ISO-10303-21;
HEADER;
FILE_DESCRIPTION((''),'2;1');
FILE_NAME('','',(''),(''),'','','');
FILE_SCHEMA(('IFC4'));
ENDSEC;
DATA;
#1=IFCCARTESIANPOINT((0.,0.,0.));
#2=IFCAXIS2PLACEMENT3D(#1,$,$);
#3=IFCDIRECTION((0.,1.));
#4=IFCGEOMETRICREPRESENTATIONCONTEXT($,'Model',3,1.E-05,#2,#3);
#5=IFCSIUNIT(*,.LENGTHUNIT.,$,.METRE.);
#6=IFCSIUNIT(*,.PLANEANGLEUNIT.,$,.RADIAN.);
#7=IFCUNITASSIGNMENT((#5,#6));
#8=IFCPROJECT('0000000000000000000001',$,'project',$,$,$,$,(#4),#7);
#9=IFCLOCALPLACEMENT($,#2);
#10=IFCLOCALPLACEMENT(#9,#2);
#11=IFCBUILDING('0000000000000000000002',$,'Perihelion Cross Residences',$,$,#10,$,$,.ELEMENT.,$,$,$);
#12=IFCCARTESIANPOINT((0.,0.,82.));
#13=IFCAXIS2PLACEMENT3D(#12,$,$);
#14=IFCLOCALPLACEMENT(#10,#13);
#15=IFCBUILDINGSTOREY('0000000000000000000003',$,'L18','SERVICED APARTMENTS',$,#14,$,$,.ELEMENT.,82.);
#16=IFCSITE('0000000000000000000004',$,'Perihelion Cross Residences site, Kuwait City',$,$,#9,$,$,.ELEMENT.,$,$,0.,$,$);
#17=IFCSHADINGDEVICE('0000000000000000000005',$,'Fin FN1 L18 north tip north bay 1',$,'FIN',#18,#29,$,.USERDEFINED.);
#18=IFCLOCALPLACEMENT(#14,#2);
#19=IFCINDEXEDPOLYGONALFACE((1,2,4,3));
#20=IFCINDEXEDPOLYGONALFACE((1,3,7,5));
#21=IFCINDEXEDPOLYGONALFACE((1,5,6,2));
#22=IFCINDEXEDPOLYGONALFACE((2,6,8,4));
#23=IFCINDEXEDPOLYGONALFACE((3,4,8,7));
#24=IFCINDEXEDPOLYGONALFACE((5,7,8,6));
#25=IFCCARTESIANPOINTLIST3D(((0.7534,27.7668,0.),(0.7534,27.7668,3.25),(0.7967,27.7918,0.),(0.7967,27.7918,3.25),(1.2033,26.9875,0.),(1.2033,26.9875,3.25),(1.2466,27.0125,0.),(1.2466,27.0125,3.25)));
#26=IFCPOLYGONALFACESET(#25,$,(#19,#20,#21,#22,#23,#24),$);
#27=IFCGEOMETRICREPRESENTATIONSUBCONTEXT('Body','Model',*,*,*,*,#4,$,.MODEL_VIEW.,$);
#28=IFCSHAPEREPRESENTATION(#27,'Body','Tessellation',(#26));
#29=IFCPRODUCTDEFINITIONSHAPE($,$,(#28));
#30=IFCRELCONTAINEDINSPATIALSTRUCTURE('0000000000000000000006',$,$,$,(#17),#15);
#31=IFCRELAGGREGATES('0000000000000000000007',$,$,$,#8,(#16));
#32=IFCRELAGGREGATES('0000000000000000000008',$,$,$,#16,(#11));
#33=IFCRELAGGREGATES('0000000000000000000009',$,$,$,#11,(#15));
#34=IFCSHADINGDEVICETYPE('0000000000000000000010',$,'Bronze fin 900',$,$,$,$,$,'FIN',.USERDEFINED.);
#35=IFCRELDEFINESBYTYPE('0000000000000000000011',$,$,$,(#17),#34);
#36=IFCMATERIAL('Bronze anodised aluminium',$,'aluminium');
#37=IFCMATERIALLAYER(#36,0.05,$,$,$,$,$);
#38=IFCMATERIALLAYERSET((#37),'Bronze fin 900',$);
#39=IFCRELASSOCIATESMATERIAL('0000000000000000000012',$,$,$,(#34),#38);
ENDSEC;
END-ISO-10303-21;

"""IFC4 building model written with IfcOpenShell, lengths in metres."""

from ifc_helpers import new_model, si_unit, direction, frame, origin, origin_2d, place, context, subcontext, project, spatial, rectangle, extrude, material, layer, layer_set, type_object, element, save


model = new_model("IFC4")

# Units and contexts
model_context = context("Model", 3, precision=1e-05, world=origin(), true_north=direction((0.0, 1.0)))
body_context = subcontext(model_context, "Body", "Model", "MODEL_VIEW")
ifc_project = project(units=[si_unit("LENGTHUNIT", "METRE"), si_unit("PLANEANGLEUNIT", "RADIAN")], contexts=[model_context])

# Site, building, storey
site_placement = place(None, origin())
site = spatial("IfcSite", under=ifc_project, at=site_placement, Name="Perihelion Cross Residences site, Kuwait City", CompositionType="ELEMENT", RefElevation=0.0)
building_placement = place(site_placement, origin())
building = spatial("IfcBuilding", under=site, at=building_placement, Name="Perihelion Cross Residences", CompositionType="ELEMENT")
storey_placement = place(building_placement, frame((0.0, 0.0, 82.0)))
storey = spatial("IfcBuildingStorey", under=building, at=storey_placement, Name="L18", Description="SERVICED APARTMENTS", CompositionType="ELEMENT", Elevation=82.0)

# Shading device
ifc_material_1 = material(Name="Bronze anodised aluminium", Category="aluminium")
ifc_layer_1 = layer(ifc_material_1, 0.05)
ifc_layer_set_1 = layer_set([ifc_layer_1], Name="Bronze fin 900")
shading_device_type = type_object("IfcShadingDeviceType", Name="Bronze fin 900", ElementType="FIN", PredefinedType="USERDEFINED", material=ifc_layer_set_1)
shading_device_placement = place(storey_placement, frame((1.0, 27.3896, 0.0), z_axis=(0.0, 0.0, 1.0), x_axis=(-0.5, 0.866025, 0.0)))
element("IfcShadingDevice", 1, at=shading_device_placement, inside=storey, type_object=shading_device_type, Name="Fin FN1 L18 north tip north bay 1", ObjectType="FIN", PredefinedType="USERDEFINED", context=body_context, shape_type="SweptSolid", body=[
    extrude(rectangle(XDim=0.8999, YDim=0.05, at=origin_2d()), origin(), (0.0, 0.0, 1.0), 3.25),
])

save(model, "model.ifc")
